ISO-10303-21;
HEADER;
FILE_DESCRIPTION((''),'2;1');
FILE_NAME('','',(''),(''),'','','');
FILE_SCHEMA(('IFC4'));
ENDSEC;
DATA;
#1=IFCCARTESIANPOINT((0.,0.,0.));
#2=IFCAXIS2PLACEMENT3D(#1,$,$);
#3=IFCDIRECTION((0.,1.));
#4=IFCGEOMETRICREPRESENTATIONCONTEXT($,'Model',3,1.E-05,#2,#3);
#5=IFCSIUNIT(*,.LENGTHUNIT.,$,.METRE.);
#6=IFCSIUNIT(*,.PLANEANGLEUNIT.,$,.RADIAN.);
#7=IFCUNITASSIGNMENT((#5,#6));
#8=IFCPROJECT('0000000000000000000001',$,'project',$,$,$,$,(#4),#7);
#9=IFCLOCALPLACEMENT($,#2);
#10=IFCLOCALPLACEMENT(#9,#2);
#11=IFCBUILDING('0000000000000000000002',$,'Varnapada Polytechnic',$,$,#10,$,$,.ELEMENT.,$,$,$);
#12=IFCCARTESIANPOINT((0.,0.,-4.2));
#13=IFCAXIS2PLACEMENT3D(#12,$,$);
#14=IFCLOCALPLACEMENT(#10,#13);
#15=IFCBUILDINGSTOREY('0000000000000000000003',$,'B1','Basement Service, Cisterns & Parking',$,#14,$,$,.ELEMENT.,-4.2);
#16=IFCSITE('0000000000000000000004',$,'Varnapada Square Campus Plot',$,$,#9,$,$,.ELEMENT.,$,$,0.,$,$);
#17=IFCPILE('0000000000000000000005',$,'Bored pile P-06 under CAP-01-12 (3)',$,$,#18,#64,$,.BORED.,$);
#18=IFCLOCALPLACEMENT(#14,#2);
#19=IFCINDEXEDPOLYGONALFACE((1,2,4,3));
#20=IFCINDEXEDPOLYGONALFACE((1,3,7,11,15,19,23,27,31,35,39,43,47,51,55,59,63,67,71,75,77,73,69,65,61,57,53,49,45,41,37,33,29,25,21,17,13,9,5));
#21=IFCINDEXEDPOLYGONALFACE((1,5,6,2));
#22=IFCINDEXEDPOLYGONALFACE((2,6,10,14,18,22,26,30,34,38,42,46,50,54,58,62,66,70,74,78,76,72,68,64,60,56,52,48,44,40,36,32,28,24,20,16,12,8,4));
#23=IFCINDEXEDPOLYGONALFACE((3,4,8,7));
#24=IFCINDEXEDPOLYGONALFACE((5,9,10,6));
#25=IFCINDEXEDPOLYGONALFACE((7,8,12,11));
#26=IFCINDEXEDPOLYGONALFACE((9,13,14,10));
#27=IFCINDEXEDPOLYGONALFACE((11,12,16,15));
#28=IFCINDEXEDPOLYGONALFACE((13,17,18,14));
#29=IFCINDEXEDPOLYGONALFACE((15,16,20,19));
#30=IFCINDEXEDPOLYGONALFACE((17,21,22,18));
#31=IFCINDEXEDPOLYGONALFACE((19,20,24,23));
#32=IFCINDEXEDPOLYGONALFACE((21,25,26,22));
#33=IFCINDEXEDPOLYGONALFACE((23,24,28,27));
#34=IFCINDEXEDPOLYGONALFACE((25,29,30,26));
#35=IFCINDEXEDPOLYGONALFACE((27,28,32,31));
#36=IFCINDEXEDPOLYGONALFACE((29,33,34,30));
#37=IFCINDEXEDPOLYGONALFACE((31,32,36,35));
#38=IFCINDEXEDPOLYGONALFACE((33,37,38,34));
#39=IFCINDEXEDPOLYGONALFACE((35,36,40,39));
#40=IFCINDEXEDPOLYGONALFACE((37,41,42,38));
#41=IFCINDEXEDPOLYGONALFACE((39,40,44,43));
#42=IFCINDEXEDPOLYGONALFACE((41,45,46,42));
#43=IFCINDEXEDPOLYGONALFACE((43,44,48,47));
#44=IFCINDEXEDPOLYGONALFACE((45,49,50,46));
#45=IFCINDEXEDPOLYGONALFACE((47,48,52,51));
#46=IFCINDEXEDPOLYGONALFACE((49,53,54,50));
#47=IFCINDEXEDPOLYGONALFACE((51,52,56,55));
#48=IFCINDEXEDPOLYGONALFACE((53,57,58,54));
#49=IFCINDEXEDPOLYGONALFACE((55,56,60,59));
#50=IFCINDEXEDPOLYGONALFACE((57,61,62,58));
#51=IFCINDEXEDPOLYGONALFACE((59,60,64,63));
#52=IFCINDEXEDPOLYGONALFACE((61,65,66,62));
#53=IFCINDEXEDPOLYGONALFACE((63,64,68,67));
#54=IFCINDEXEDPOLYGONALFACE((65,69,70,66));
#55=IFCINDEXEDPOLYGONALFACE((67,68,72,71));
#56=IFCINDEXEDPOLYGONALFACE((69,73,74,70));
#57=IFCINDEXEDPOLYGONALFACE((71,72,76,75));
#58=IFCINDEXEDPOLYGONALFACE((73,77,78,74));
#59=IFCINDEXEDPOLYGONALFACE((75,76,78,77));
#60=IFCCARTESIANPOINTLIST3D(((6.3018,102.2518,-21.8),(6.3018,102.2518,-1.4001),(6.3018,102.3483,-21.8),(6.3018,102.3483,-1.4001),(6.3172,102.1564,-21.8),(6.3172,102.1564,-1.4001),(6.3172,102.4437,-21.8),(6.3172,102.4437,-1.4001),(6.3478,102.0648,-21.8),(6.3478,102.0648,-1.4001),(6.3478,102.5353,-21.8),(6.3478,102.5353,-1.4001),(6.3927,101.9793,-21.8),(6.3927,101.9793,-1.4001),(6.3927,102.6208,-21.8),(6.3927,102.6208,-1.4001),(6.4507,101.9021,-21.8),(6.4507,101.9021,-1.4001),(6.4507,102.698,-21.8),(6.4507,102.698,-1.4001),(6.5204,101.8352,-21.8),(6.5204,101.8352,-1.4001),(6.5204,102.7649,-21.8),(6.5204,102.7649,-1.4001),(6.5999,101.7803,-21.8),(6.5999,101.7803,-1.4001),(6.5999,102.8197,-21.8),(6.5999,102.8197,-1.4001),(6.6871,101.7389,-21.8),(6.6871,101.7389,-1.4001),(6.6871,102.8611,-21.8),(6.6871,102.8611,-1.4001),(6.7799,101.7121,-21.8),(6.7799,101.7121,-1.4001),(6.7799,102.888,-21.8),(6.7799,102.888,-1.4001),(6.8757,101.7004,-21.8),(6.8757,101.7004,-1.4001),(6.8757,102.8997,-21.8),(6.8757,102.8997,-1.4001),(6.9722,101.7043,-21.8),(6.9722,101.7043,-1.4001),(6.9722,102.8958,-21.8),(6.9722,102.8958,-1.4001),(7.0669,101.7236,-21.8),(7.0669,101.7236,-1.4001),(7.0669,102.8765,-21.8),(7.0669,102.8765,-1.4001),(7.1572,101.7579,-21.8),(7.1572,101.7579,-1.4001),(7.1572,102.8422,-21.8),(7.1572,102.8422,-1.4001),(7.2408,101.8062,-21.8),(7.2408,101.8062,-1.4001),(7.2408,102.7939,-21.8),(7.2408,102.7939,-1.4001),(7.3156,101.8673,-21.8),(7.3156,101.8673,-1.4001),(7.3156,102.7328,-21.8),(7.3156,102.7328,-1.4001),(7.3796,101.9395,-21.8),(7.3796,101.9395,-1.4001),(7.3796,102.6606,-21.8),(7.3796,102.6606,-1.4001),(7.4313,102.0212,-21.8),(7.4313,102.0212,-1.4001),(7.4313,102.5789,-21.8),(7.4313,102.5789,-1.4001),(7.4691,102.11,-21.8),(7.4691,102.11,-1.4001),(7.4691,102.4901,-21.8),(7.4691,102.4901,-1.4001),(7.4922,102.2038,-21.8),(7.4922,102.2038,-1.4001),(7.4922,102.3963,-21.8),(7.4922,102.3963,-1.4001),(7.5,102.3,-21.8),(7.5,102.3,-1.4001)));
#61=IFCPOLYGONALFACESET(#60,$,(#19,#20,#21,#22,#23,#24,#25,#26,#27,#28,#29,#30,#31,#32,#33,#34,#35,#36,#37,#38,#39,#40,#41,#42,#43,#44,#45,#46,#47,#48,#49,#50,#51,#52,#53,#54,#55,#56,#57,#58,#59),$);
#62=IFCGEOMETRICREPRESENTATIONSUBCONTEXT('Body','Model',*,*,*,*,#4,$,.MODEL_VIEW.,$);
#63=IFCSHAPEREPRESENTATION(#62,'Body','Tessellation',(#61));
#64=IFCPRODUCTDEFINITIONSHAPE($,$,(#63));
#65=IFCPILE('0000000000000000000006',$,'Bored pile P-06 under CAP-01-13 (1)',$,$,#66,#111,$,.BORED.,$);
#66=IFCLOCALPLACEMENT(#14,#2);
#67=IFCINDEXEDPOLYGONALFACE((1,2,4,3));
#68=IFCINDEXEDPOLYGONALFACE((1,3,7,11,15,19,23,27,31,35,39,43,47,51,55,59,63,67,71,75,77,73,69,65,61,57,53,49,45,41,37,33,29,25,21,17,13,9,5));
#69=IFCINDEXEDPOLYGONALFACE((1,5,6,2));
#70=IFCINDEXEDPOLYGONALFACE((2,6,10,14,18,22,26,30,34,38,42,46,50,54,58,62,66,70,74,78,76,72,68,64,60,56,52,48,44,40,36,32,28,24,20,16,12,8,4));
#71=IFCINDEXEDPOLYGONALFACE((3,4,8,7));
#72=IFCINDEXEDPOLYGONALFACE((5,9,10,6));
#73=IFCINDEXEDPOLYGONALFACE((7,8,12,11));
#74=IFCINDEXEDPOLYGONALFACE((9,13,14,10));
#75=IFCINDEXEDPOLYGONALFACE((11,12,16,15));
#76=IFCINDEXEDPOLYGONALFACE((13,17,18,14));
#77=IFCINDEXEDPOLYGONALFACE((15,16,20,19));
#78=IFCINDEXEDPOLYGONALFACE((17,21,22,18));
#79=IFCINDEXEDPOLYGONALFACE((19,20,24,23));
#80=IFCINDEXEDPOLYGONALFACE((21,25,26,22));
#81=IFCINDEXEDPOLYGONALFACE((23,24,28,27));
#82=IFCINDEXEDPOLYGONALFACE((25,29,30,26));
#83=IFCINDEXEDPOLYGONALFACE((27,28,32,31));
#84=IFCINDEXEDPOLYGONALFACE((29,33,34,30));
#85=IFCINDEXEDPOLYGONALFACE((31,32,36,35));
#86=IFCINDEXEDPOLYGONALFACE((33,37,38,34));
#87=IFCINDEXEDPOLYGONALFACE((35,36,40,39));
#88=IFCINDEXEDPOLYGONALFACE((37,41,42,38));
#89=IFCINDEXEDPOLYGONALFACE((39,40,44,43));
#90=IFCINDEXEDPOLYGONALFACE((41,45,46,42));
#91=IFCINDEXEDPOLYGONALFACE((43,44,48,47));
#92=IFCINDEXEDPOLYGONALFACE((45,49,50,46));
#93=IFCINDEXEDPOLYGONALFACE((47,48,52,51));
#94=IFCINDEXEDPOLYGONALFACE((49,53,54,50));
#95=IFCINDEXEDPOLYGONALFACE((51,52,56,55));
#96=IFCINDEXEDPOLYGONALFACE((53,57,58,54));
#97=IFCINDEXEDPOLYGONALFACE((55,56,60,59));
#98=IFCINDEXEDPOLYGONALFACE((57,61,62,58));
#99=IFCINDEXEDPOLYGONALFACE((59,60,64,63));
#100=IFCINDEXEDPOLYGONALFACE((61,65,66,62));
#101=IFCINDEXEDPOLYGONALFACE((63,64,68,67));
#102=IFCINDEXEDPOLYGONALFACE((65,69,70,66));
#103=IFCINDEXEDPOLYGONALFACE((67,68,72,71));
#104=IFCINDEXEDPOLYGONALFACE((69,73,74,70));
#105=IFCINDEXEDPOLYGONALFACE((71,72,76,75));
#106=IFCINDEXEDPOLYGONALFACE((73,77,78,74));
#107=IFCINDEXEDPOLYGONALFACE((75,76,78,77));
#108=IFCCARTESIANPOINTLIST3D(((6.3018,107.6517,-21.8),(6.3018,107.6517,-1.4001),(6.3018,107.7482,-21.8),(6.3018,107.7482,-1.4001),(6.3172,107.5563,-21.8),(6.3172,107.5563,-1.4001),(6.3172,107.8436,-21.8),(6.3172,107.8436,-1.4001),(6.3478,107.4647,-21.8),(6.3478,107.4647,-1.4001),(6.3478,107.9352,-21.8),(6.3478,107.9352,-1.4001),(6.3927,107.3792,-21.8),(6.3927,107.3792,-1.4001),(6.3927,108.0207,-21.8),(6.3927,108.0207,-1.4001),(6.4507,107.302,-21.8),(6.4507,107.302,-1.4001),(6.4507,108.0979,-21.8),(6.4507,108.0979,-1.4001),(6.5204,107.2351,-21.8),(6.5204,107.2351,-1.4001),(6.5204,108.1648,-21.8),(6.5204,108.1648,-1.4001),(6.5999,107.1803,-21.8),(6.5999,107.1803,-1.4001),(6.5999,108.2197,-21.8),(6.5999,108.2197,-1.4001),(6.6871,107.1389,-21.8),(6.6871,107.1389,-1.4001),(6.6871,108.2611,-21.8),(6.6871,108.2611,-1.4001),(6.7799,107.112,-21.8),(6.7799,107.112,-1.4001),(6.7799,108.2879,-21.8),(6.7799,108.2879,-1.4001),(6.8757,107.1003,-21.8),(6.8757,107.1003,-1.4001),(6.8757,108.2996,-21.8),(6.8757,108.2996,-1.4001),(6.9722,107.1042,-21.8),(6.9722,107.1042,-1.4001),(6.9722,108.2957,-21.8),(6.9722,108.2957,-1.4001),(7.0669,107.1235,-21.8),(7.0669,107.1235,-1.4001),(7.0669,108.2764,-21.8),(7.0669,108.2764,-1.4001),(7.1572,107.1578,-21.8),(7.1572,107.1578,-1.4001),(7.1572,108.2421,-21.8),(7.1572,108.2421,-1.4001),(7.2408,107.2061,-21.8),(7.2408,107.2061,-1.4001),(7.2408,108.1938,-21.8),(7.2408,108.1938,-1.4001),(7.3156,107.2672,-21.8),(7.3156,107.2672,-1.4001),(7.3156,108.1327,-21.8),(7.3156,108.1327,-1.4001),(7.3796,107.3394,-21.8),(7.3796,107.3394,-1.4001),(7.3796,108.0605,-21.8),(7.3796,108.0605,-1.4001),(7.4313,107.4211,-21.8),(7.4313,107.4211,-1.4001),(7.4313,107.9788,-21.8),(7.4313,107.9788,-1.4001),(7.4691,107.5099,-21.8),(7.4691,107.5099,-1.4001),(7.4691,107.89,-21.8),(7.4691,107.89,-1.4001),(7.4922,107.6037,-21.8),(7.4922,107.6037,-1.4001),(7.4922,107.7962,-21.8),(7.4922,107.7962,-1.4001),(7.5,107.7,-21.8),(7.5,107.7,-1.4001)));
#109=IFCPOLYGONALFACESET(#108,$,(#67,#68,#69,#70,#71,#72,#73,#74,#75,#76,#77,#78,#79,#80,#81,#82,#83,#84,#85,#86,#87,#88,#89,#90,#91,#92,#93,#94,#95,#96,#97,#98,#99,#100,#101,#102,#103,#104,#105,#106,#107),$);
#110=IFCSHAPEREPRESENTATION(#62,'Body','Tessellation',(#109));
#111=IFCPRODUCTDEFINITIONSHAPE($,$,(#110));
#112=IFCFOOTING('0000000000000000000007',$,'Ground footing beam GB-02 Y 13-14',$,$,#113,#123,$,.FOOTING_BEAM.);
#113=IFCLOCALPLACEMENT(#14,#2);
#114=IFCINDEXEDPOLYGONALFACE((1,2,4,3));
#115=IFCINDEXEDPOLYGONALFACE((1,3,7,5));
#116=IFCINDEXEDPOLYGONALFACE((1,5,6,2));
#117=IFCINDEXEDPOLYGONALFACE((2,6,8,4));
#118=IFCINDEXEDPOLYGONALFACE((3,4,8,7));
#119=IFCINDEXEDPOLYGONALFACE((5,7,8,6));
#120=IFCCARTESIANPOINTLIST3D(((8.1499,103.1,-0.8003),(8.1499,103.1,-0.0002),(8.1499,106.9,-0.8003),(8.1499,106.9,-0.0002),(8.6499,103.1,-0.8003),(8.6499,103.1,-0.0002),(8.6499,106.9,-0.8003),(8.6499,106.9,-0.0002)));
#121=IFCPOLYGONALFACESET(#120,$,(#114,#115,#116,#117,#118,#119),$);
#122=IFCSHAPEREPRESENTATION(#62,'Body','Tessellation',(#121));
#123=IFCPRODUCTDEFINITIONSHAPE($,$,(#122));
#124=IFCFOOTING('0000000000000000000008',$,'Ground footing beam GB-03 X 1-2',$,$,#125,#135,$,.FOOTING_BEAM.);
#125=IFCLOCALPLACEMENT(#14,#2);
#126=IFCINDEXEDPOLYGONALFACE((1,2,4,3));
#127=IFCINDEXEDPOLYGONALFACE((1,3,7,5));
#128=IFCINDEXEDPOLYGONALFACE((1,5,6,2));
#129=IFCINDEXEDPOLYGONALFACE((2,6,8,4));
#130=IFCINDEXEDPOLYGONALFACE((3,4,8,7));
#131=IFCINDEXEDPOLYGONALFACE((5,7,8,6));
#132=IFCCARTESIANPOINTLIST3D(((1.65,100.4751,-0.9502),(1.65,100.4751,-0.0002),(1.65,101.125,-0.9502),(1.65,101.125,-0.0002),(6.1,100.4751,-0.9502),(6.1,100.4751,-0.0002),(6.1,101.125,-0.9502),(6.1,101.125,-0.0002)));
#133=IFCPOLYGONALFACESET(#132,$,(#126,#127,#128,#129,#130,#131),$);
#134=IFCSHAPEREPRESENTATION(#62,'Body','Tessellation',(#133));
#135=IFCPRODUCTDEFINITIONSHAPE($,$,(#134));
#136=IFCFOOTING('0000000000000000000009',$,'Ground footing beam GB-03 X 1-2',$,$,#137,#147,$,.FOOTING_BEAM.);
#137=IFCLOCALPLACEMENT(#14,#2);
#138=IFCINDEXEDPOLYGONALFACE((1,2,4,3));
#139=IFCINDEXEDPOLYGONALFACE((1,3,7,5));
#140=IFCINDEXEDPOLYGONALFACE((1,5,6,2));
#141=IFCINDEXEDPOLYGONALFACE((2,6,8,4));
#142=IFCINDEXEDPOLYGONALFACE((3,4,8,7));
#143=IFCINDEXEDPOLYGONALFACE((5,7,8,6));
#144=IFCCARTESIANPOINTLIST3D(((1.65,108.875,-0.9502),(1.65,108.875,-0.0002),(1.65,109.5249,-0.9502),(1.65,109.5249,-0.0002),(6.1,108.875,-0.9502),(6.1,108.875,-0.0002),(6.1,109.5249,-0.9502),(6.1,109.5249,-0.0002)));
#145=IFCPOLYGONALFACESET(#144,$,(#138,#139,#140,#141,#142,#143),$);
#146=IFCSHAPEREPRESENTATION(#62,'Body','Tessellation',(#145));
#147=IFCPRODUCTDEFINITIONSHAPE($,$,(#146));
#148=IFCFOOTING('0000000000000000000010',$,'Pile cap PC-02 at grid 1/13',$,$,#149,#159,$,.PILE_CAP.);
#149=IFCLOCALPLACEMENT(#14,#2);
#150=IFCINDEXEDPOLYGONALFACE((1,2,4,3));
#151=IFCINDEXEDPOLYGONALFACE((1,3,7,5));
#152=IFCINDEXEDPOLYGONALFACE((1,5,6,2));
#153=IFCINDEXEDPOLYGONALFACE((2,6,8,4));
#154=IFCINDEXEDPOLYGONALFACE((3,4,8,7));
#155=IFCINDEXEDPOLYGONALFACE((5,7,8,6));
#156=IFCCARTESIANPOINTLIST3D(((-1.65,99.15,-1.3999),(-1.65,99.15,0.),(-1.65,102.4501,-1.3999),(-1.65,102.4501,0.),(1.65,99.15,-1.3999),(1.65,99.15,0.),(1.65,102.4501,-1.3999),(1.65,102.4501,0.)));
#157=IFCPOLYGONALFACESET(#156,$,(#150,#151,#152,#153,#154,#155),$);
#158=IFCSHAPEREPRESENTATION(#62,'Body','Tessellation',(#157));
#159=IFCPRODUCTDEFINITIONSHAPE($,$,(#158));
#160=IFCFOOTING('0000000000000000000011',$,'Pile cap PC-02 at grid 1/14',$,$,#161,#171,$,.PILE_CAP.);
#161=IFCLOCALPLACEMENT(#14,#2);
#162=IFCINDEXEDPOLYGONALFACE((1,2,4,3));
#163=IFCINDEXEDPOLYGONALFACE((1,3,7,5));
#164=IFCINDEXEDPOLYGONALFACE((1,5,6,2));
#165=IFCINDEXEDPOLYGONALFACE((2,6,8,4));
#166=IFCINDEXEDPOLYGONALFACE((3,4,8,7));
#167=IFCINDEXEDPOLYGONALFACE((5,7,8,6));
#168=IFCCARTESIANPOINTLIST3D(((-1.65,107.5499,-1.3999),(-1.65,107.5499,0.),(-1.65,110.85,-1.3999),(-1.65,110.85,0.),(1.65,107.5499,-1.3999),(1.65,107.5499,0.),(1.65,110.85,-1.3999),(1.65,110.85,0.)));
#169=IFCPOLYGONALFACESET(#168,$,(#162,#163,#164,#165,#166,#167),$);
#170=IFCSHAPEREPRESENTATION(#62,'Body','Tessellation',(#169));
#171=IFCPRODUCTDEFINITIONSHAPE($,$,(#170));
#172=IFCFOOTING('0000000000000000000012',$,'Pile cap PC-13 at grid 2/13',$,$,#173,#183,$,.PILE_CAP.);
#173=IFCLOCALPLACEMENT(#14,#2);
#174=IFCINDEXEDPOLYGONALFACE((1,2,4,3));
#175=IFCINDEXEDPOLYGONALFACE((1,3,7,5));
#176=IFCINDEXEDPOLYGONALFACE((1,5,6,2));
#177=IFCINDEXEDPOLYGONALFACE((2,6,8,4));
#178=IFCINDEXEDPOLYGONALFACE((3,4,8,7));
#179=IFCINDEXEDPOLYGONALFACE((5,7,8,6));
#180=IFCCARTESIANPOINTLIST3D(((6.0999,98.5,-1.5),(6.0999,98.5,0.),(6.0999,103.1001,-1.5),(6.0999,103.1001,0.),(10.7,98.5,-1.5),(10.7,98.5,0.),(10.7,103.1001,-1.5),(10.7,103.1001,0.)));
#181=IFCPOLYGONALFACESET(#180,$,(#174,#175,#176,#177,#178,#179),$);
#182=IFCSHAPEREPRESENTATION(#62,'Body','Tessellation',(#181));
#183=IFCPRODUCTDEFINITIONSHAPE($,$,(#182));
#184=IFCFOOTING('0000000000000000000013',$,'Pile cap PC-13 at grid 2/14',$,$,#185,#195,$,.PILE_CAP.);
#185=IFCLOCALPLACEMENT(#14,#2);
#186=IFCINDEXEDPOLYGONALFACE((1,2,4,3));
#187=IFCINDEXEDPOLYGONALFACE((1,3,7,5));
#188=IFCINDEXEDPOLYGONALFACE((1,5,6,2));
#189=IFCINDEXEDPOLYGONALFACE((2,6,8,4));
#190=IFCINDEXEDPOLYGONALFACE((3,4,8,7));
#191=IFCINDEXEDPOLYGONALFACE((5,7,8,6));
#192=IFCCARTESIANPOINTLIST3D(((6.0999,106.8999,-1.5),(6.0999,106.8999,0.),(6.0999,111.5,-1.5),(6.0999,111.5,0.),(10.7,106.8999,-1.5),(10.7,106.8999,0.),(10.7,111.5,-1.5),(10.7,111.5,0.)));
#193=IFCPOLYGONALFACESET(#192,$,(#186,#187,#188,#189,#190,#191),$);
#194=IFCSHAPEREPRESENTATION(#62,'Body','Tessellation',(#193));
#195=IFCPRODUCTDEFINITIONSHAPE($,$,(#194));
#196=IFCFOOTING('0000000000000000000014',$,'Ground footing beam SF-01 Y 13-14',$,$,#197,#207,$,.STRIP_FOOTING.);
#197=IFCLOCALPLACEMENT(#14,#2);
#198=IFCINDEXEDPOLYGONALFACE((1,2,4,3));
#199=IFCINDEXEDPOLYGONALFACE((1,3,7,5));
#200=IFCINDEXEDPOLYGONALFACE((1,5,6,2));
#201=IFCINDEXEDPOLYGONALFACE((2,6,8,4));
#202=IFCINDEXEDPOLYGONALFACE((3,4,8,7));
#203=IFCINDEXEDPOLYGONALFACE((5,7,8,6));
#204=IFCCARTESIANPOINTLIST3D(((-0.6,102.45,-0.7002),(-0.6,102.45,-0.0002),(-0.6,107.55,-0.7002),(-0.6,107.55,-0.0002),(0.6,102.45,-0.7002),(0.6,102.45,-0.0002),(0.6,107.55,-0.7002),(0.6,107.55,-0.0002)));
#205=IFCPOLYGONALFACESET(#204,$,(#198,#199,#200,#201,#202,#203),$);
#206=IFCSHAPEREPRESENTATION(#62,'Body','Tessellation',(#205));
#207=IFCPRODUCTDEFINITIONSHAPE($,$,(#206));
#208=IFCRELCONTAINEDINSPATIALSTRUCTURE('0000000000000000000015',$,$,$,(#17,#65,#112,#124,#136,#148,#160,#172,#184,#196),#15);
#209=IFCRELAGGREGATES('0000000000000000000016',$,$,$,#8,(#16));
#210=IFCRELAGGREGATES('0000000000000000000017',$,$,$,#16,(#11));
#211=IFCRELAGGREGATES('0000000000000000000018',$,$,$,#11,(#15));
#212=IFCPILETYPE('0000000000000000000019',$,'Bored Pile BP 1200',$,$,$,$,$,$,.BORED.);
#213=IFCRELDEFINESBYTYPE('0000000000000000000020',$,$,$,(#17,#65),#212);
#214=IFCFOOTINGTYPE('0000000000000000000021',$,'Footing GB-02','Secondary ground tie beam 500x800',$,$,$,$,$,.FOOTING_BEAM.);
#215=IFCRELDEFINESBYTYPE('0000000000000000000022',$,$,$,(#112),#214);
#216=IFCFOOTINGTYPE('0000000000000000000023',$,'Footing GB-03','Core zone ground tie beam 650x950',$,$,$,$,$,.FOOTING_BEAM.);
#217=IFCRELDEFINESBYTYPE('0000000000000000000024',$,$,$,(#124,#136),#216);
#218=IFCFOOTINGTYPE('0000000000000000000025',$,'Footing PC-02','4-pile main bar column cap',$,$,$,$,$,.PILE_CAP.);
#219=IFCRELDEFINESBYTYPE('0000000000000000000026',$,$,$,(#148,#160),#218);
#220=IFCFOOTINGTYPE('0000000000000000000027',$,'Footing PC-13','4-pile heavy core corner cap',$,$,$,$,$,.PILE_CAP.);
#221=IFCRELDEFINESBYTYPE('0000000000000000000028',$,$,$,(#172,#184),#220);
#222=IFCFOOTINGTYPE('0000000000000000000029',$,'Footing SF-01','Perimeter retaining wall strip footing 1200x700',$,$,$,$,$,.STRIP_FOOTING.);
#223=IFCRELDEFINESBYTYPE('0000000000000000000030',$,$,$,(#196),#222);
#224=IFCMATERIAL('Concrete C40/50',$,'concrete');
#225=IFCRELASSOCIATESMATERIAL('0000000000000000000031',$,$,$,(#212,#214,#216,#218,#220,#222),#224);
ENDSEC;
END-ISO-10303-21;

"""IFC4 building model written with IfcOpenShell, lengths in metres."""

from ifc_helpers import new_model, si_unit, direction, frame, origin, origin_2d, place, context, subcontext, project, spatial, rectangle, circle, extrude, material, material_profile, profile_set, type_object, element, save


model = new_model("IFC4")

# Units and contexts
model_context = context("Model", 3, precision=1e-05, world=origin(), true_north=direction((0.0, 1.0)))
body_context = subcontext(model_context, "Body", "Model", "MODEL_VIEW")
ifc_project = project(units=[si_unit("LENGTHUNIT", "METRE"), si_unit("PLANEANGLEUNIT", "RADIAN")], contexts=[model_context])

# Site, building, storey
site_placement = place(None, origin())
site = spatial("IfcSite", under=ifc_project, at=site_placement, Name="Varnapada Square Campus Plot", CompositionType="ELEMENT", RefElevation=0.0)
building_placement = place(site_placement, origin())
building = spatial("IfcBuilding", under=site, at=building_placement, Name="Varnapada Polytechnic", CompositionType="ELEMENT")
storey_placement = place(building_placement, frame((0.0, 0.0, -4.2)))
storey = spatial("IfcBuildingStorey", under=building, at=storey_placement, Name="B1", Description="Basement Service, Cisterns & Parking", CompositionType="ELEMENT", Elevation=-4.2)

# Piles
ifc_material_1 = material(Name="Concrete C40/50", Category="concrete")
ifc_material_profile_1 = material_profile(ifc_material_1, circle(Radius=0.6001, at=origin_2d()), Name="BP 1200")
ifc_profile_set_1 = profile_set([ifc_material_profile_1], Name="Concrete C40/50")
pile_type_1 = type_object("IfcPileType", Name="Bored Pile BP 1200", PredefinedType="BORED", material=ifc_profile_set_1)
for number, where, z_axis, x_axis, name in (
    (1, (6.8999, 102.3, -1.4001), (0.0, 0.0, -1.0), (1.0, 0.0, 0.0), "Bored pile P-06 under CAP-01-12 (3)"),
    (2, (6.8999, 107.7, -1.4001), (0.0, 0.0, -1.0), (1.0, 0.0, 0.0), "Bored pile P-06 under CAP-01-13 (1)"),
):
    element("IfcPile", number, at=place(storey_placement, frame(where, z_axis=z_axis, x_axis=x_axis)), inside=storey, type_object=pile_type_1, Name=name, PredefinedType="BORED", context=body_context, shape_type="SweptSolid", body=[
        extrude(circle(Radius=0.6001, at=origin_2d()), origin(), (0.0, 0.0, 1.0), 20.3999),
    ])

# Footings
footing_type_1 = type_object("IfcFootingType", Name="Footing GB-02", Description="Secondary ground tie beam 500x800", PredefinedType="FOOTING_BEAM", material=ifc_material_1)
footing_1_placement = place(storey_placement, frame((8.3999, 105.0, -0.8003), z_axis=(0.0, 0.0, 1.0), x_axis=(0.0, 1.0, 0.0)))
element("IfcFooting", 3, at=footing_1_placement, inside=storey, type_object=footing_type_1, Name="Ground footing beam GB-02 Y 13-14", PredefinedType="FOOTING_BEAM", context=body_context, shape_type="SweptSolid", body=[
    extrude(rectangle(XDim=3.8, YDim=0.5, at=origin_2d()), origin(), (0.0, 0.0, 1.0), 0.8),
])
footing_type_2 = type_object("IfcFootingType", Name="Footing GB-03", Description="Core zone ground tie beam 650x950", PredefinedType="FOOTING_BEAM", material=ifc_material_1)
for number, where, z_axis, x_axis, name in (
    (4, (3.875, 100.8, -0.9502), (0.0, 0.0, 1.0), (1.0, 0.0, 0.0), "Ground footing beam GB-03 X 1-2"),
    (5, (3.875, 109.2, -0.9502), (0.0, 0.0, 1.0), (1.0, 0.0, 0.0), "Ground footing beam GB-03 X 1-2"),
):
    element("IfcFooting", number, at=place(storey_placement, frame(where, z_axis=z_axis, x_axis=x_axis)), inside=storey, type_object=footing_type_2, Name=name, PredefinedType="FOOTING_BEAM", context=body_context, shape_type="SweptSolid", body=[
        extrude(rectangle(XDim=4.45, YDim=0.6499, at=origin_2d()), origin(), (0.0, 0.0, 1.0), 0.95),
    ])
footing_type_3 = type_object("IfcFootingType", Name="Footing PC-02", Description="4-pile main bar column cap", PredefinedType="PILE_CAP", material=ifc_material_1)
for number, where, z_axis, x_axis, name in (
    (6, (0.0, 100.8, -1.3999), (0.0, 0.0, 1.0), (1.0, 0.0, 0.0), "Pile cap PC-02 at grid 1/13"),
    (7, (0.0, 109.2, -1.3999), (0.0, 0.0, 1.0), (1.0, 0.0, 0.0), "Pile cap PC-02 at grid 1/14"),
):
    element("IfcFooting", number, at=place(storey_placement, frame(where, z_axis=z_axis, x_axis=x_axis)), inside=storey, type_object=footing_type_3, Name=name, PredefinedType="PILE_CAP", context=body_context, shape_type="SweptSolid", body=[
        extrude(rectangle(XDim=3.3, YDim=3.3, at=origin_2d()), origin(), (0.0, 0.0, 1.0), 1.3999),
    ])
footing_type_4 = type_object("IfcFootingType", Name="Footing PC-13", Description="4-pile heavy core corner cap", PredefinedType="PILE_CAP", material=ifc_material_1)
for number, where, z_axis, x_axis, name in (
    (8, (8.3999, 100.8, -1.5), (0.0, 0.0, 1.0), (1.0, 0.0, 0.0), "Pile cap PC-13 at grid 2/13"),
    (9, (8.3999, 109.2, -1.5), (0.0, 0.0, 1.0), (1.0, 0.0, 0.0), "Pile cap PC-13 at grid 2/14"),
):
    element("IfcFooting", number, at=place(storey_placement, frame(where, z_axis=z_axis, x_axis=x_axis)), inside=storey, type_object=footing_type_4, Name=name, PredefinedType="PILE_CAP", context=body_context, shape_type="SweptSolid", body=[
        extrude(rectangle(XDim=4.6001, YDim=4.6001, at=origin_2d()), origin(), (0.0, 0.0, 1.0), 1.5),
    ])
footing_type_5 = type_object("IfcFootingType", Name="Footing SF-01", Description="Perimeter retaining wall strip footing 1200x700", PredefinedType="STRIP_FOOTING", material=ifc_material_1)
footing_2_placement = place(storey_placement, frame((0.0, 105.0, -0.7002), z_axis=(0.0, 0.0, 1.0), x_axis=(0.0, 1.0, 0.0)))
element("IfcFooting", 10, at=footing_2_placement, inside=storey, type_object=footing_type_5, Name="Ground footing beam SF-01 Y 13-14", PredefinedType="STRIP_FOOTING", context=body_context, shape_type="SweptSolid", body=[
    extrude(rectangle(XDim=5.1001, YDim=1.2, at=origin_2d()), origin(), (0.0, 0.0, 1.0), 0.7),
])

save(model, "model.ifc")
